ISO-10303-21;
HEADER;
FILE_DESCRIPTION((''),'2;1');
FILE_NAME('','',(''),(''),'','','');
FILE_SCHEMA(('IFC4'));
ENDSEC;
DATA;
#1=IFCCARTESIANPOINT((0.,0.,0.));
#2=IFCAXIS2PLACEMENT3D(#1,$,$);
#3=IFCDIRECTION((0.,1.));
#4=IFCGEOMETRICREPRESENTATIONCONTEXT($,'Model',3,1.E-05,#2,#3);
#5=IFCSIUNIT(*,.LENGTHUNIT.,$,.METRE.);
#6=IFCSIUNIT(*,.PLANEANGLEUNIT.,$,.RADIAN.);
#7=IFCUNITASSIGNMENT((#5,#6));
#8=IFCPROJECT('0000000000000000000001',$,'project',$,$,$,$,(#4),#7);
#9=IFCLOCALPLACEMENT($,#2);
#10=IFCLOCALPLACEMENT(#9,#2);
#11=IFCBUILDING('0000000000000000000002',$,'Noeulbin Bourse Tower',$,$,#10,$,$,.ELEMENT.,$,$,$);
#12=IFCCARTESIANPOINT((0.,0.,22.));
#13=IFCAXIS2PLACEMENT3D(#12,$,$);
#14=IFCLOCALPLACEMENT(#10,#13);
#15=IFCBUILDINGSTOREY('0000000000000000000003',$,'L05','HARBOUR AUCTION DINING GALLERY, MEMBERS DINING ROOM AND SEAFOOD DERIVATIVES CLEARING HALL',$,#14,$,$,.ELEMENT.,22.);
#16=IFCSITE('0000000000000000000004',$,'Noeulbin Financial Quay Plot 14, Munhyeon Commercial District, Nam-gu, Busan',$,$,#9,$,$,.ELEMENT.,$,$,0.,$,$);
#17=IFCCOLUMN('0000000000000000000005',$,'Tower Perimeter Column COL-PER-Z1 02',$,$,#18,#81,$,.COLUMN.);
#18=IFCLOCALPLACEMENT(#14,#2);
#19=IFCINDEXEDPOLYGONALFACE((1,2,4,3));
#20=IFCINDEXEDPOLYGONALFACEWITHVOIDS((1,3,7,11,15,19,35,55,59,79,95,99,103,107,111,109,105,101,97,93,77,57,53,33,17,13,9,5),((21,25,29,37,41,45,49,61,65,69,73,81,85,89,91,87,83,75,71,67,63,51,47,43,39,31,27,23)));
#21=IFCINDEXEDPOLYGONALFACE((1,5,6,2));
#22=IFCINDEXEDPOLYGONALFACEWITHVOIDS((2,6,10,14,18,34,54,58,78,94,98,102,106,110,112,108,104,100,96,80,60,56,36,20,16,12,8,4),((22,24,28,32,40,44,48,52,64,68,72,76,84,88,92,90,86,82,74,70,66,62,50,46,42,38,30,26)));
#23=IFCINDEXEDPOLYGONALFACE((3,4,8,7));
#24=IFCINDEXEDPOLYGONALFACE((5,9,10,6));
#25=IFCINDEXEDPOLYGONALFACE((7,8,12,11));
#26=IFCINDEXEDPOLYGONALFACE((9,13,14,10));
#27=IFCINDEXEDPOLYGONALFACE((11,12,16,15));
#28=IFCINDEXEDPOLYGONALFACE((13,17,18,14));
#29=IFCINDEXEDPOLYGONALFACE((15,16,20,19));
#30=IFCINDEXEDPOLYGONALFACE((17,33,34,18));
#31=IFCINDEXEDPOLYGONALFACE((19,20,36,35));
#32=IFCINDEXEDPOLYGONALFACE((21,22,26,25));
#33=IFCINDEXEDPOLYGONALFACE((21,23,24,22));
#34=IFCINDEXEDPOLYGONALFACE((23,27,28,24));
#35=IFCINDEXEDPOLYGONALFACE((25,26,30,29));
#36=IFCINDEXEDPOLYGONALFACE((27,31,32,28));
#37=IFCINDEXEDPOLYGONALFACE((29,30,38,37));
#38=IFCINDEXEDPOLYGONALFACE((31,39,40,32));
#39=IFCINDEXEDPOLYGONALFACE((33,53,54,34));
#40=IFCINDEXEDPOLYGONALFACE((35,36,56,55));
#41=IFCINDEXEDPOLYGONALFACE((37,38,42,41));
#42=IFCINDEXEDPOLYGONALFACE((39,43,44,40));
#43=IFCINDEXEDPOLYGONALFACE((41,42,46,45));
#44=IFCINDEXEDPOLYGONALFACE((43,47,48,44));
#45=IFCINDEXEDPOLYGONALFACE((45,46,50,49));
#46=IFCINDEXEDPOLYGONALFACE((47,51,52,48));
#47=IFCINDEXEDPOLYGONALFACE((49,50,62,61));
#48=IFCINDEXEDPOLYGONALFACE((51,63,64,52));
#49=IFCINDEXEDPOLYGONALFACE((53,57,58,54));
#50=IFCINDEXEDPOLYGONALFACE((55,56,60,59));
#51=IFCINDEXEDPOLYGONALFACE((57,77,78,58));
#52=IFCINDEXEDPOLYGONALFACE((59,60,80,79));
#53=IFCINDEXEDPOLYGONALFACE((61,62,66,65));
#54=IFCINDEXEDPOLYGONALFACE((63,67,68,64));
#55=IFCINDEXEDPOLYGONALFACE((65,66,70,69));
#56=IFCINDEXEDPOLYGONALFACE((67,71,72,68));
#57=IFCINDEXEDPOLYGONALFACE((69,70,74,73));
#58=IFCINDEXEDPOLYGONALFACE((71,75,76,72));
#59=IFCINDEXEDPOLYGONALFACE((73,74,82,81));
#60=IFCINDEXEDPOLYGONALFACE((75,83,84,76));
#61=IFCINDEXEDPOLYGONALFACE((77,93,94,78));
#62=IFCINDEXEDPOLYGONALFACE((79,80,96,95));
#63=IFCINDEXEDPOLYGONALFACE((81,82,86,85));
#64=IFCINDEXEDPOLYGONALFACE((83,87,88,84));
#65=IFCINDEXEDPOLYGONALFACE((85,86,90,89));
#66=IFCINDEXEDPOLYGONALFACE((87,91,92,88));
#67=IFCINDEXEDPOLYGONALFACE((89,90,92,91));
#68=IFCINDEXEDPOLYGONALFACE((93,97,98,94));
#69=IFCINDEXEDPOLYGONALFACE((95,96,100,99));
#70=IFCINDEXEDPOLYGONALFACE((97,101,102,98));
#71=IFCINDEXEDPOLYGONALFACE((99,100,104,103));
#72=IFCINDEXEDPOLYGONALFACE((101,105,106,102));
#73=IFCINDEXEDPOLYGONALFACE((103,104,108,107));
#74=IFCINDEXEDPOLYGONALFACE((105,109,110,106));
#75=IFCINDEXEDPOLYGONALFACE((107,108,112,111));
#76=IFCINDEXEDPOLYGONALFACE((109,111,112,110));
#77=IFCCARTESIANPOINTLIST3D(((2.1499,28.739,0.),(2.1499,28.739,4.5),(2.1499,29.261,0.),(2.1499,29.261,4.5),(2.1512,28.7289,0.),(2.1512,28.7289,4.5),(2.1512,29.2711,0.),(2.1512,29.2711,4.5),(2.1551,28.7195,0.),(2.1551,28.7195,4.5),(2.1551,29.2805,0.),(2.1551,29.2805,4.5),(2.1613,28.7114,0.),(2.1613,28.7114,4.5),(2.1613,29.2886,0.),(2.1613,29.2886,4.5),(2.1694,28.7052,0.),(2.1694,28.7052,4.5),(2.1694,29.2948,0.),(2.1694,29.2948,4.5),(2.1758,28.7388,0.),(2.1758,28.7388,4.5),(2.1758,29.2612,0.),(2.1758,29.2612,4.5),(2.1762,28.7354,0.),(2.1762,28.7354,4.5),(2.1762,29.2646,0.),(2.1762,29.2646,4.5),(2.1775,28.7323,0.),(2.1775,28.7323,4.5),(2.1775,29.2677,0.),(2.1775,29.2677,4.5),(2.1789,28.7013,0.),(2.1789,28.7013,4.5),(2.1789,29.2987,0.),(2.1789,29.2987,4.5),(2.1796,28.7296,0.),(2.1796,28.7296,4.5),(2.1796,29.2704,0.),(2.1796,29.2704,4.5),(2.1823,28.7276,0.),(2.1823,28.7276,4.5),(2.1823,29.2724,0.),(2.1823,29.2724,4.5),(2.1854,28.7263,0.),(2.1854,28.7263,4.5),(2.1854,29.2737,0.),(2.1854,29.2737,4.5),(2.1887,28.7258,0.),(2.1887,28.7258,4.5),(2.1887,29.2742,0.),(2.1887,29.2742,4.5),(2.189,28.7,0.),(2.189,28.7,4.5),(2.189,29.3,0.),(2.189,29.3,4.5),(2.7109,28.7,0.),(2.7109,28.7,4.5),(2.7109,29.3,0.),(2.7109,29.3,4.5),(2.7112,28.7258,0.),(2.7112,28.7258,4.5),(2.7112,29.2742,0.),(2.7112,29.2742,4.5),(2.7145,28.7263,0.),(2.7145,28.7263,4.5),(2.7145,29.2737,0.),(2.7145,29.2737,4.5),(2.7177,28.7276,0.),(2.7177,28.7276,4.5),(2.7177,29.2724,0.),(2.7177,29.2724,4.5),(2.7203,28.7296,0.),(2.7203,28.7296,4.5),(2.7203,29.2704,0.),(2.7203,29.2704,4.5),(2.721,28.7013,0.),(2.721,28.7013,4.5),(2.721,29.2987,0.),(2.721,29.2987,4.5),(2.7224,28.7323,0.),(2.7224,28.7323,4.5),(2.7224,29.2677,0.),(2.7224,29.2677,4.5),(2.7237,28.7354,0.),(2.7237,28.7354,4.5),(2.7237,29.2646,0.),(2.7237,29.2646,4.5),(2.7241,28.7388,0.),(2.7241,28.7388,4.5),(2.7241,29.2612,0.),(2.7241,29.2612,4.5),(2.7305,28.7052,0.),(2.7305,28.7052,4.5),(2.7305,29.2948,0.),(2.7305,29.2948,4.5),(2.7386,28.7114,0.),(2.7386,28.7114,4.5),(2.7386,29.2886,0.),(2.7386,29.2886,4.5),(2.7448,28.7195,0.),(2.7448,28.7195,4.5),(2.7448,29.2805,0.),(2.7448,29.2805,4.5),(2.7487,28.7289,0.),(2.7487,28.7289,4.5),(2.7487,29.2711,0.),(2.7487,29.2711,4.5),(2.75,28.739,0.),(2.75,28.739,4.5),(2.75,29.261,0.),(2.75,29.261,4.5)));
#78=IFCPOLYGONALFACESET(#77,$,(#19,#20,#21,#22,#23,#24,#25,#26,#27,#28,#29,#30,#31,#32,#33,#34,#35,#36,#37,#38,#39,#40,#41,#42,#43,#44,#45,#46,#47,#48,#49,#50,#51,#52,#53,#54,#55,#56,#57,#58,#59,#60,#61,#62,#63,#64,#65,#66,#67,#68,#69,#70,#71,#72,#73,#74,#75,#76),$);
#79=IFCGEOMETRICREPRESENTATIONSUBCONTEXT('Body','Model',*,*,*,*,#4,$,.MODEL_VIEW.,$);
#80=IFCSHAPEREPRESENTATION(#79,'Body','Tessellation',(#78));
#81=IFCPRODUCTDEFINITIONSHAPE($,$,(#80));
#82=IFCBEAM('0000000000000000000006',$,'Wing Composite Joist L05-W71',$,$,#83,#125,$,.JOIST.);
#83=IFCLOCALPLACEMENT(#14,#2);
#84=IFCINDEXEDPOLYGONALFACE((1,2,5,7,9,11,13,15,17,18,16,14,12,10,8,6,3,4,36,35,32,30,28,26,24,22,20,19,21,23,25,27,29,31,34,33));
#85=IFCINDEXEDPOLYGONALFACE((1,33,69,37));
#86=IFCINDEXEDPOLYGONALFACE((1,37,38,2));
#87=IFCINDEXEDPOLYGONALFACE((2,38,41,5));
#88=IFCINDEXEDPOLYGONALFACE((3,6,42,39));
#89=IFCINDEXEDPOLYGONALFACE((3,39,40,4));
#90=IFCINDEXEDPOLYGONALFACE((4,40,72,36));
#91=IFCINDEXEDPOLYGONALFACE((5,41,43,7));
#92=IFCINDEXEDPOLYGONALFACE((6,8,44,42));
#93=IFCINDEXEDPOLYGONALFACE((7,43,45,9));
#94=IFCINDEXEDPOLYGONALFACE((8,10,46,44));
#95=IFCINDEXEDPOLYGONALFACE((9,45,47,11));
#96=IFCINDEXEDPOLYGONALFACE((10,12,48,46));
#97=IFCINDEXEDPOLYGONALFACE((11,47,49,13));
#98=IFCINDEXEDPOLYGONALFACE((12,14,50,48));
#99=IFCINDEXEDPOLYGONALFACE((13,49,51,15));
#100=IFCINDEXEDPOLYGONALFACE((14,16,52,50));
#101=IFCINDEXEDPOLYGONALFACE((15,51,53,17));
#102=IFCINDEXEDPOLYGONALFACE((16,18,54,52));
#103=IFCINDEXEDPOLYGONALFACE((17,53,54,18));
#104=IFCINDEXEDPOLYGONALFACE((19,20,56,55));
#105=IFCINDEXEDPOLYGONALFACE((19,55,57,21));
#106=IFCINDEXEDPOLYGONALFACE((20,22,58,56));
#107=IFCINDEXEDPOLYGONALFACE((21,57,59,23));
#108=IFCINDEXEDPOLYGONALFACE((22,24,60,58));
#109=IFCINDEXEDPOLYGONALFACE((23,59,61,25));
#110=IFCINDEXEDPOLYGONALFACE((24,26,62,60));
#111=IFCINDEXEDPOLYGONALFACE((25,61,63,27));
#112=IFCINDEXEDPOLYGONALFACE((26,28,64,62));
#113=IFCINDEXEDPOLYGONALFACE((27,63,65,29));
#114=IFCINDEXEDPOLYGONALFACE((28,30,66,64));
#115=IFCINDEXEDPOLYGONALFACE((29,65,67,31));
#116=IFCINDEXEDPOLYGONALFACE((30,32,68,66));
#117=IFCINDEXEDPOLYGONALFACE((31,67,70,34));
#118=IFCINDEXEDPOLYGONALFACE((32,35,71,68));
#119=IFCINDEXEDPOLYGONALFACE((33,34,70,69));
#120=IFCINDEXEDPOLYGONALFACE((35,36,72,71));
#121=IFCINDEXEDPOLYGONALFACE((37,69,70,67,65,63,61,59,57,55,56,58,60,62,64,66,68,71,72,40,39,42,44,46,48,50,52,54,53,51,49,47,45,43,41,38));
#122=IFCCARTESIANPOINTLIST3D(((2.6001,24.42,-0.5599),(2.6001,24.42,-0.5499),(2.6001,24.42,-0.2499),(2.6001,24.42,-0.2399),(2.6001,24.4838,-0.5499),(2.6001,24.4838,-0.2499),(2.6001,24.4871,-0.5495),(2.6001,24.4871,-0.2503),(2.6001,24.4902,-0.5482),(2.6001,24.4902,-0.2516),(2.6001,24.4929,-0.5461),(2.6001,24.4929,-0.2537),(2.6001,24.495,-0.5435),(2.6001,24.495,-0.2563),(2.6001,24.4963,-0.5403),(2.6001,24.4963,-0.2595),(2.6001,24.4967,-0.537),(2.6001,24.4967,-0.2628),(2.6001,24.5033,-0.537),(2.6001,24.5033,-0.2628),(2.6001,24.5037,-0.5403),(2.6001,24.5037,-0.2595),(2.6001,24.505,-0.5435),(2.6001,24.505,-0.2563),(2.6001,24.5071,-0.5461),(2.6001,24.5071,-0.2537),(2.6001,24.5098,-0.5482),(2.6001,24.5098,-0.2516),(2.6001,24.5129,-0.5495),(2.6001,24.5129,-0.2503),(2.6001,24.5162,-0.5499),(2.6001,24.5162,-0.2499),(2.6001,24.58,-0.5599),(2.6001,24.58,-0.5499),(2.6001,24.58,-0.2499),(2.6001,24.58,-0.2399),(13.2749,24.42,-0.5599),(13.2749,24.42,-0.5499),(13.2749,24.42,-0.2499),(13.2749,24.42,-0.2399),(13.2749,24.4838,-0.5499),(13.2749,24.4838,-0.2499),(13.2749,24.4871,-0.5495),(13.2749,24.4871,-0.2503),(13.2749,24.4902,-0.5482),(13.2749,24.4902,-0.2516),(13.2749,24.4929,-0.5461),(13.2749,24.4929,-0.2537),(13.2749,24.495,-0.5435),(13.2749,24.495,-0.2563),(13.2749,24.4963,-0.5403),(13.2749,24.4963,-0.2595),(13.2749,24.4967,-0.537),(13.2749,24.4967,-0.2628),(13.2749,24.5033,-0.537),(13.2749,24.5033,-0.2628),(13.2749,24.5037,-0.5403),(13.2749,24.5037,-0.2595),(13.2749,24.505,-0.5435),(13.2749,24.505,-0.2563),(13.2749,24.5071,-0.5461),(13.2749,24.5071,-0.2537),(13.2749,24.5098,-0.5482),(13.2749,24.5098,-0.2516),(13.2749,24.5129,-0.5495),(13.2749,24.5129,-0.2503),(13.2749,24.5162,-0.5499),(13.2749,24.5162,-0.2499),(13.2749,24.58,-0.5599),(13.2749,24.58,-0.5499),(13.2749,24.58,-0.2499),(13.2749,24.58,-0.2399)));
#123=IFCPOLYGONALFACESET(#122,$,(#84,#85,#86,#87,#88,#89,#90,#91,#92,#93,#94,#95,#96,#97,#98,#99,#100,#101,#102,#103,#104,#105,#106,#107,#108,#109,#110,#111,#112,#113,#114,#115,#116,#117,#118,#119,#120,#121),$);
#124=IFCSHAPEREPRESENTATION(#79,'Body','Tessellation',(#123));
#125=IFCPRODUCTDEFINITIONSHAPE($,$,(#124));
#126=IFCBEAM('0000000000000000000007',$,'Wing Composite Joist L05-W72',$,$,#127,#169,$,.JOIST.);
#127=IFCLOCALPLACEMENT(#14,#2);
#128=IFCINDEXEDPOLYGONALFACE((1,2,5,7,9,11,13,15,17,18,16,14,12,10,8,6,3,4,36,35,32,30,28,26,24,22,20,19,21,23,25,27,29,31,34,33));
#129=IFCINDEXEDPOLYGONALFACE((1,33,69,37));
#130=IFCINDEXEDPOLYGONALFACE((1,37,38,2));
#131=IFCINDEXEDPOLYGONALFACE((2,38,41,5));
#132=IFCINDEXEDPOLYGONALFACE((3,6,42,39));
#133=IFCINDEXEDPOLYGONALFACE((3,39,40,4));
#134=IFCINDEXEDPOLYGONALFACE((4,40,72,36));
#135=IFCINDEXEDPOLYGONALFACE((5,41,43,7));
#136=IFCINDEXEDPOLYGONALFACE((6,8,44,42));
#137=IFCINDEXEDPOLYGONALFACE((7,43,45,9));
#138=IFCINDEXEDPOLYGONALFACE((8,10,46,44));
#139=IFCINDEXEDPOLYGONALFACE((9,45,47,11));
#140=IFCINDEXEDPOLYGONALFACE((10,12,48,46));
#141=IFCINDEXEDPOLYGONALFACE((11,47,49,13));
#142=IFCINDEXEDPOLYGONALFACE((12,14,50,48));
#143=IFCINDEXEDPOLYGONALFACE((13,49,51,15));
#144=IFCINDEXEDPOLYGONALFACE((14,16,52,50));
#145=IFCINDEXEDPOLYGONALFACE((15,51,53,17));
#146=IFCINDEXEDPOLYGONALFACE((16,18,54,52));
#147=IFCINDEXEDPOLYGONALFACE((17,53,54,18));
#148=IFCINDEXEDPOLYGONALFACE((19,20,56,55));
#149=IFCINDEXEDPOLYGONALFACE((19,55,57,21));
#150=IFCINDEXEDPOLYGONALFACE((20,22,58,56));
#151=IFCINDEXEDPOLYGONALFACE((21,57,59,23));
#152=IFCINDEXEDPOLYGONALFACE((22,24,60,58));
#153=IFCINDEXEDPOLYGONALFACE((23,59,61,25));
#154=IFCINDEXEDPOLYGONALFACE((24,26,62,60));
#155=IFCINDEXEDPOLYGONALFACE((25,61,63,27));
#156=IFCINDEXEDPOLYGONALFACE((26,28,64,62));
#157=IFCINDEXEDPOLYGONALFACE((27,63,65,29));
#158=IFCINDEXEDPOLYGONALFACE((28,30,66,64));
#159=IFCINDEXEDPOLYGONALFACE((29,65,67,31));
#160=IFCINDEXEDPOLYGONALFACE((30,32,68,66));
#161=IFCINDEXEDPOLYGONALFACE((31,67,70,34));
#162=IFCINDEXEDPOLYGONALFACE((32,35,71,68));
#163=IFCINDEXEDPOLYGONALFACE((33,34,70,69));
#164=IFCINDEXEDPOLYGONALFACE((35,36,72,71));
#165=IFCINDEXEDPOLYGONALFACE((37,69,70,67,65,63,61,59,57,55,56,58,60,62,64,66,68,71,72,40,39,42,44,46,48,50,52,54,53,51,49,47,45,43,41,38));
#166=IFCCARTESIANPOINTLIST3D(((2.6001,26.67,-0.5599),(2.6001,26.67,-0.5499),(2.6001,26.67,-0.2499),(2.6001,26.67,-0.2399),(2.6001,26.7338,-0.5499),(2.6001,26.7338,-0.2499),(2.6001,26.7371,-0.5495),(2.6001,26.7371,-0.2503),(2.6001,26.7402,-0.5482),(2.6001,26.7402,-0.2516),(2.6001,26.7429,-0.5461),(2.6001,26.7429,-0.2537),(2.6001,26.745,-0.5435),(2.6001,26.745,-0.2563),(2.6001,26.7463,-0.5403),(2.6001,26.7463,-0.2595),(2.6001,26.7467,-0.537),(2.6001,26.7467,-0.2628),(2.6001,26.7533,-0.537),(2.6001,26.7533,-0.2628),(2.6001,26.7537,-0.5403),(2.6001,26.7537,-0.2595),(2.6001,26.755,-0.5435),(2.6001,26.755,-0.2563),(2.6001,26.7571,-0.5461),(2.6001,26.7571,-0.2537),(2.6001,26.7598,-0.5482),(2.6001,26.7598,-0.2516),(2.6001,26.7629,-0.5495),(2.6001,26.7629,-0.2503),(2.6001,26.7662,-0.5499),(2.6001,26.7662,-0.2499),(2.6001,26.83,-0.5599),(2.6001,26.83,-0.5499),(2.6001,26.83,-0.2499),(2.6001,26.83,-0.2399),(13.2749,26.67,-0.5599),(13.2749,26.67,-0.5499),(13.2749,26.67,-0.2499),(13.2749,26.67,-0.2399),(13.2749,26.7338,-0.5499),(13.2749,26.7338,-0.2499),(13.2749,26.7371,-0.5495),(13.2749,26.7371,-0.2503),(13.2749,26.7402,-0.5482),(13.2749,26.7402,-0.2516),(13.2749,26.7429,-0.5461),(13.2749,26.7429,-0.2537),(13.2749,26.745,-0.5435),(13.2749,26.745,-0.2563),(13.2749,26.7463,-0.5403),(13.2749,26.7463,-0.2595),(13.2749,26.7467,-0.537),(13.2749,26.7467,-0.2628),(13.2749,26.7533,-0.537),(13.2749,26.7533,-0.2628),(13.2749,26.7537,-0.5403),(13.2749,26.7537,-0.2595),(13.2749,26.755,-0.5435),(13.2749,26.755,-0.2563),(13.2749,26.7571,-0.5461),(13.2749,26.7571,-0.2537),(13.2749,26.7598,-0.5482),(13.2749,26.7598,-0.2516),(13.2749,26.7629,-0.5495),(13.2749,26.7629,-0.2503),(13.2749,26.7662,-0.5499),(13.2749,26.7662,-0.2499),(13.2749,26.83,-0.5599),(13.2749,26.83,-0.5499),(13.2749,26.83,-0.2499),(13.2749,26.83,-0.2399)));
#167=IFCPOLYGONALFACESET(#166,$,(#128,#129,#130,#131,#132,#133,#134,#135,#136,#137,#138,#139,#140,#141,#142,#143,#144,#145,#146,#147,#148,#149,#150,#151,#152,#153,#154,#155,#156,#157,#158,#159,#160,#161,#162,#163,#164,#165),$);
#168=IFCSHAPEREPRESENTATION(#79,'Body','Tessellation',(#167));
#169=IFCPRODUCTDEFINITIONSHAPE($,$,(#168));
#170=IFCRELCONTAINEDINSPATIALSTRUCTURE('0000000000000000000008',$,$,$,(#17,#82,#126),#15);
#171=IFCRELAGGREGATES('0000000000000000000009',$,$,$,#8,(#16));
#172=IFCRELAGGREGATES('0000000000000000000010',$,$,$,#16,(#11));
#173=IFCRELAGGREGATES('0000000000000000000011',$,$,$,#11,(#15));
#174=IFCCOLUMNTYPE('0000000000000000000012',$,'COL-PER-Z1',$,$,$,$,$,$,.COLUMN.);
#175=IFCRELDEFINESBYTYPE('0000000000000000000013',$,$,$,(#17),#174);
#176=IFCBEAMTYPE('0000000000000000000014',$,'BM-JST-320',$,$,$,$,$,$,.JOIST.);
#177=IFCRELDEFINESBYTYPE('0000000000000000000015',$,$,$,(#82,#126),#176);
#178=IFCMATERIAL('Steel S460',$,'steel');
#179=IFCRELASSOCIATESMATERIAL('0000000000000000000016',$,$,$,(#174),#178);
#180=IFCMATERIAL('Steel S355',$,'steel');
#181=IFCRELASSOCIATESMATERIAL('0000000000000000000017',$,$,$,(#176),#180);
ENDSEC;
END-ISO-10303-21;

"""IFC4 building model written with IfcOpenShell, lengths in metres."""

from ifc_helpers import new_model, si_unit, direction, frame, origin, origin_2d, place, context, subcontext, project, spatial, hollow_rectangle, i_section, extrude, material, material_profile, profile_set, type_object, element, save


model = new_model("IFC4")

# Units and contexts
model_context = context("Model", 3, precision=1e-05, world=origin(), true_north=direction((0.0, 1.0)))
body_context = subcontext(model_context, "Body", "Model", "MODEL_VIEW")
ifc_project = project(units=[si_unit("LENGTHUNIT", "METRE"), si_unit("PLANEANGLEUNIT", "RADIAN")], contexts=[model_context])

# Site, building, storey
site_placement = place(None, origin())
site = spatial("IfcSite", under=ifc_project, at=site_placement, Name="Noeulbin Financial Quay Plot 14, Munhyeon Commercial District, Nam-gu, Busan", CompositionType="ELEMENT", RefElevation=0.0)
building_placement = place(site_placement, origin())
building = spatial("IfcBuilding", under=site, at=building_placement, Name="Noeulbin Bourse Tower", CompositionType="ELEMENT")
storey_placement = place(building_placement, frame((0.0, 0.0, 22.0)))
storey = spatial("IfcBuildingStorey", under=building, at=storey_placement, Name="L05", Description="HARBOUR AUCTION DINING GALLERY, MEMBERS DINING ROOM AND SEAFOOD DERIVATIVES CLEARING HALL", CompositionType="ELEMENT", Elevation=22.0)

# Column
ifc_material_1 = material(Name="Steel S460", Category="steel")
ifc_material_profile_1 = material_profile(ifc_material_1, hollow_rectangle(XDim=0.6001, YDim=0.6001, WallThickness=0.0259, InnerFilletRadius=0.0129, OuterFilletRadius=0.0391, at=origin_2d()), Name="BOX-600x600x26", Category="LoadBearing")
ifc_profile_set_1 = profile_set([ifc_material_profile_1], Name="Steel S460")
column_type = type_object("IfcColumnType", Name="COL-PER-Z1", PredefinedType="COLUMN", material=ifc_profile_set_1)
column_placement = place(storey_placement, frame((2.45, 29.0, 0.0), z_axis=(0.0, 0.0, 1.0), x_axis=(1.0, 0.0, 0.0)))
element("IfcColumn", 1, at=column_placement, inside=storey, type_object=column_type, Name="Tower Perimeter Column COL-PER-Z1 02", PredefinedType="COLUMN", context=body_context, shape_type="SweptSolid", body=[
    extrude(hollow_rectangle(XDim=0.6001, YDim=0.6001, WallThickness=0.0259, InnerFilletRadius=0.0129, OuterFilletRadius=0.0391, at=origin_2d()), origin(), (0.0, 0.0, 1.0), 4.5),
])

# Beams
ifc_material_2 = material(Name="Steel S355", Category="steel")
ifc_material_profile_2 = material_profile(ifc_material_2, i_section(OverallWidth=0.1599, OverallDepth=0.3201, WebThickness=0.0066, FlangeThickness=0.01, FilletRadius=0.0129, at=origin_2d()), Name="H-320x160x6.5x10", Category="LoadBearing")
ifc_profile_set_2 = profile_set([ifc_material_profile_2], Name="Steel S355")
beam_type_1 = type_object("IfcBeamType", Name="BM-JST-320", PredefinedType="JOIST", material=ifc_profile_set_2)
for number, where, z_axis, x_axis, name in (
    (2, (2.6001, 24.5, -0.3999), (1.0, 0.0, 0.0), (0.0, 1.0, 0.0), "Wing Composite Joist L05-W71"),
    (3, (2.6001, 26.75, -0.3999), (1.0, 0.0, 0.0), (0.0, 1.0, 0.0), "Wing Composite Joist L05-W72"),
):
    element("IfcBeam", number, at=place(storey_placement, frame(where, z_axis=z_axis, x_axis=x_axis)), inside=storey, type_object=beam_type_1, Name=name, PredefinedType="JOIST", context=body_context, shape_type="SweptSolid", body=[
        extrude(i_section(OverallWidth=0.1599, OverallDepth=0.3201, WebThickness=0.0066, FlangeThickness=0.01, FilletRadius=0.0129, at=origin_2d()), origin(), (0.0, 0.0, 1.0), 10.6748),
    ])

save(model, "model.ifc")
